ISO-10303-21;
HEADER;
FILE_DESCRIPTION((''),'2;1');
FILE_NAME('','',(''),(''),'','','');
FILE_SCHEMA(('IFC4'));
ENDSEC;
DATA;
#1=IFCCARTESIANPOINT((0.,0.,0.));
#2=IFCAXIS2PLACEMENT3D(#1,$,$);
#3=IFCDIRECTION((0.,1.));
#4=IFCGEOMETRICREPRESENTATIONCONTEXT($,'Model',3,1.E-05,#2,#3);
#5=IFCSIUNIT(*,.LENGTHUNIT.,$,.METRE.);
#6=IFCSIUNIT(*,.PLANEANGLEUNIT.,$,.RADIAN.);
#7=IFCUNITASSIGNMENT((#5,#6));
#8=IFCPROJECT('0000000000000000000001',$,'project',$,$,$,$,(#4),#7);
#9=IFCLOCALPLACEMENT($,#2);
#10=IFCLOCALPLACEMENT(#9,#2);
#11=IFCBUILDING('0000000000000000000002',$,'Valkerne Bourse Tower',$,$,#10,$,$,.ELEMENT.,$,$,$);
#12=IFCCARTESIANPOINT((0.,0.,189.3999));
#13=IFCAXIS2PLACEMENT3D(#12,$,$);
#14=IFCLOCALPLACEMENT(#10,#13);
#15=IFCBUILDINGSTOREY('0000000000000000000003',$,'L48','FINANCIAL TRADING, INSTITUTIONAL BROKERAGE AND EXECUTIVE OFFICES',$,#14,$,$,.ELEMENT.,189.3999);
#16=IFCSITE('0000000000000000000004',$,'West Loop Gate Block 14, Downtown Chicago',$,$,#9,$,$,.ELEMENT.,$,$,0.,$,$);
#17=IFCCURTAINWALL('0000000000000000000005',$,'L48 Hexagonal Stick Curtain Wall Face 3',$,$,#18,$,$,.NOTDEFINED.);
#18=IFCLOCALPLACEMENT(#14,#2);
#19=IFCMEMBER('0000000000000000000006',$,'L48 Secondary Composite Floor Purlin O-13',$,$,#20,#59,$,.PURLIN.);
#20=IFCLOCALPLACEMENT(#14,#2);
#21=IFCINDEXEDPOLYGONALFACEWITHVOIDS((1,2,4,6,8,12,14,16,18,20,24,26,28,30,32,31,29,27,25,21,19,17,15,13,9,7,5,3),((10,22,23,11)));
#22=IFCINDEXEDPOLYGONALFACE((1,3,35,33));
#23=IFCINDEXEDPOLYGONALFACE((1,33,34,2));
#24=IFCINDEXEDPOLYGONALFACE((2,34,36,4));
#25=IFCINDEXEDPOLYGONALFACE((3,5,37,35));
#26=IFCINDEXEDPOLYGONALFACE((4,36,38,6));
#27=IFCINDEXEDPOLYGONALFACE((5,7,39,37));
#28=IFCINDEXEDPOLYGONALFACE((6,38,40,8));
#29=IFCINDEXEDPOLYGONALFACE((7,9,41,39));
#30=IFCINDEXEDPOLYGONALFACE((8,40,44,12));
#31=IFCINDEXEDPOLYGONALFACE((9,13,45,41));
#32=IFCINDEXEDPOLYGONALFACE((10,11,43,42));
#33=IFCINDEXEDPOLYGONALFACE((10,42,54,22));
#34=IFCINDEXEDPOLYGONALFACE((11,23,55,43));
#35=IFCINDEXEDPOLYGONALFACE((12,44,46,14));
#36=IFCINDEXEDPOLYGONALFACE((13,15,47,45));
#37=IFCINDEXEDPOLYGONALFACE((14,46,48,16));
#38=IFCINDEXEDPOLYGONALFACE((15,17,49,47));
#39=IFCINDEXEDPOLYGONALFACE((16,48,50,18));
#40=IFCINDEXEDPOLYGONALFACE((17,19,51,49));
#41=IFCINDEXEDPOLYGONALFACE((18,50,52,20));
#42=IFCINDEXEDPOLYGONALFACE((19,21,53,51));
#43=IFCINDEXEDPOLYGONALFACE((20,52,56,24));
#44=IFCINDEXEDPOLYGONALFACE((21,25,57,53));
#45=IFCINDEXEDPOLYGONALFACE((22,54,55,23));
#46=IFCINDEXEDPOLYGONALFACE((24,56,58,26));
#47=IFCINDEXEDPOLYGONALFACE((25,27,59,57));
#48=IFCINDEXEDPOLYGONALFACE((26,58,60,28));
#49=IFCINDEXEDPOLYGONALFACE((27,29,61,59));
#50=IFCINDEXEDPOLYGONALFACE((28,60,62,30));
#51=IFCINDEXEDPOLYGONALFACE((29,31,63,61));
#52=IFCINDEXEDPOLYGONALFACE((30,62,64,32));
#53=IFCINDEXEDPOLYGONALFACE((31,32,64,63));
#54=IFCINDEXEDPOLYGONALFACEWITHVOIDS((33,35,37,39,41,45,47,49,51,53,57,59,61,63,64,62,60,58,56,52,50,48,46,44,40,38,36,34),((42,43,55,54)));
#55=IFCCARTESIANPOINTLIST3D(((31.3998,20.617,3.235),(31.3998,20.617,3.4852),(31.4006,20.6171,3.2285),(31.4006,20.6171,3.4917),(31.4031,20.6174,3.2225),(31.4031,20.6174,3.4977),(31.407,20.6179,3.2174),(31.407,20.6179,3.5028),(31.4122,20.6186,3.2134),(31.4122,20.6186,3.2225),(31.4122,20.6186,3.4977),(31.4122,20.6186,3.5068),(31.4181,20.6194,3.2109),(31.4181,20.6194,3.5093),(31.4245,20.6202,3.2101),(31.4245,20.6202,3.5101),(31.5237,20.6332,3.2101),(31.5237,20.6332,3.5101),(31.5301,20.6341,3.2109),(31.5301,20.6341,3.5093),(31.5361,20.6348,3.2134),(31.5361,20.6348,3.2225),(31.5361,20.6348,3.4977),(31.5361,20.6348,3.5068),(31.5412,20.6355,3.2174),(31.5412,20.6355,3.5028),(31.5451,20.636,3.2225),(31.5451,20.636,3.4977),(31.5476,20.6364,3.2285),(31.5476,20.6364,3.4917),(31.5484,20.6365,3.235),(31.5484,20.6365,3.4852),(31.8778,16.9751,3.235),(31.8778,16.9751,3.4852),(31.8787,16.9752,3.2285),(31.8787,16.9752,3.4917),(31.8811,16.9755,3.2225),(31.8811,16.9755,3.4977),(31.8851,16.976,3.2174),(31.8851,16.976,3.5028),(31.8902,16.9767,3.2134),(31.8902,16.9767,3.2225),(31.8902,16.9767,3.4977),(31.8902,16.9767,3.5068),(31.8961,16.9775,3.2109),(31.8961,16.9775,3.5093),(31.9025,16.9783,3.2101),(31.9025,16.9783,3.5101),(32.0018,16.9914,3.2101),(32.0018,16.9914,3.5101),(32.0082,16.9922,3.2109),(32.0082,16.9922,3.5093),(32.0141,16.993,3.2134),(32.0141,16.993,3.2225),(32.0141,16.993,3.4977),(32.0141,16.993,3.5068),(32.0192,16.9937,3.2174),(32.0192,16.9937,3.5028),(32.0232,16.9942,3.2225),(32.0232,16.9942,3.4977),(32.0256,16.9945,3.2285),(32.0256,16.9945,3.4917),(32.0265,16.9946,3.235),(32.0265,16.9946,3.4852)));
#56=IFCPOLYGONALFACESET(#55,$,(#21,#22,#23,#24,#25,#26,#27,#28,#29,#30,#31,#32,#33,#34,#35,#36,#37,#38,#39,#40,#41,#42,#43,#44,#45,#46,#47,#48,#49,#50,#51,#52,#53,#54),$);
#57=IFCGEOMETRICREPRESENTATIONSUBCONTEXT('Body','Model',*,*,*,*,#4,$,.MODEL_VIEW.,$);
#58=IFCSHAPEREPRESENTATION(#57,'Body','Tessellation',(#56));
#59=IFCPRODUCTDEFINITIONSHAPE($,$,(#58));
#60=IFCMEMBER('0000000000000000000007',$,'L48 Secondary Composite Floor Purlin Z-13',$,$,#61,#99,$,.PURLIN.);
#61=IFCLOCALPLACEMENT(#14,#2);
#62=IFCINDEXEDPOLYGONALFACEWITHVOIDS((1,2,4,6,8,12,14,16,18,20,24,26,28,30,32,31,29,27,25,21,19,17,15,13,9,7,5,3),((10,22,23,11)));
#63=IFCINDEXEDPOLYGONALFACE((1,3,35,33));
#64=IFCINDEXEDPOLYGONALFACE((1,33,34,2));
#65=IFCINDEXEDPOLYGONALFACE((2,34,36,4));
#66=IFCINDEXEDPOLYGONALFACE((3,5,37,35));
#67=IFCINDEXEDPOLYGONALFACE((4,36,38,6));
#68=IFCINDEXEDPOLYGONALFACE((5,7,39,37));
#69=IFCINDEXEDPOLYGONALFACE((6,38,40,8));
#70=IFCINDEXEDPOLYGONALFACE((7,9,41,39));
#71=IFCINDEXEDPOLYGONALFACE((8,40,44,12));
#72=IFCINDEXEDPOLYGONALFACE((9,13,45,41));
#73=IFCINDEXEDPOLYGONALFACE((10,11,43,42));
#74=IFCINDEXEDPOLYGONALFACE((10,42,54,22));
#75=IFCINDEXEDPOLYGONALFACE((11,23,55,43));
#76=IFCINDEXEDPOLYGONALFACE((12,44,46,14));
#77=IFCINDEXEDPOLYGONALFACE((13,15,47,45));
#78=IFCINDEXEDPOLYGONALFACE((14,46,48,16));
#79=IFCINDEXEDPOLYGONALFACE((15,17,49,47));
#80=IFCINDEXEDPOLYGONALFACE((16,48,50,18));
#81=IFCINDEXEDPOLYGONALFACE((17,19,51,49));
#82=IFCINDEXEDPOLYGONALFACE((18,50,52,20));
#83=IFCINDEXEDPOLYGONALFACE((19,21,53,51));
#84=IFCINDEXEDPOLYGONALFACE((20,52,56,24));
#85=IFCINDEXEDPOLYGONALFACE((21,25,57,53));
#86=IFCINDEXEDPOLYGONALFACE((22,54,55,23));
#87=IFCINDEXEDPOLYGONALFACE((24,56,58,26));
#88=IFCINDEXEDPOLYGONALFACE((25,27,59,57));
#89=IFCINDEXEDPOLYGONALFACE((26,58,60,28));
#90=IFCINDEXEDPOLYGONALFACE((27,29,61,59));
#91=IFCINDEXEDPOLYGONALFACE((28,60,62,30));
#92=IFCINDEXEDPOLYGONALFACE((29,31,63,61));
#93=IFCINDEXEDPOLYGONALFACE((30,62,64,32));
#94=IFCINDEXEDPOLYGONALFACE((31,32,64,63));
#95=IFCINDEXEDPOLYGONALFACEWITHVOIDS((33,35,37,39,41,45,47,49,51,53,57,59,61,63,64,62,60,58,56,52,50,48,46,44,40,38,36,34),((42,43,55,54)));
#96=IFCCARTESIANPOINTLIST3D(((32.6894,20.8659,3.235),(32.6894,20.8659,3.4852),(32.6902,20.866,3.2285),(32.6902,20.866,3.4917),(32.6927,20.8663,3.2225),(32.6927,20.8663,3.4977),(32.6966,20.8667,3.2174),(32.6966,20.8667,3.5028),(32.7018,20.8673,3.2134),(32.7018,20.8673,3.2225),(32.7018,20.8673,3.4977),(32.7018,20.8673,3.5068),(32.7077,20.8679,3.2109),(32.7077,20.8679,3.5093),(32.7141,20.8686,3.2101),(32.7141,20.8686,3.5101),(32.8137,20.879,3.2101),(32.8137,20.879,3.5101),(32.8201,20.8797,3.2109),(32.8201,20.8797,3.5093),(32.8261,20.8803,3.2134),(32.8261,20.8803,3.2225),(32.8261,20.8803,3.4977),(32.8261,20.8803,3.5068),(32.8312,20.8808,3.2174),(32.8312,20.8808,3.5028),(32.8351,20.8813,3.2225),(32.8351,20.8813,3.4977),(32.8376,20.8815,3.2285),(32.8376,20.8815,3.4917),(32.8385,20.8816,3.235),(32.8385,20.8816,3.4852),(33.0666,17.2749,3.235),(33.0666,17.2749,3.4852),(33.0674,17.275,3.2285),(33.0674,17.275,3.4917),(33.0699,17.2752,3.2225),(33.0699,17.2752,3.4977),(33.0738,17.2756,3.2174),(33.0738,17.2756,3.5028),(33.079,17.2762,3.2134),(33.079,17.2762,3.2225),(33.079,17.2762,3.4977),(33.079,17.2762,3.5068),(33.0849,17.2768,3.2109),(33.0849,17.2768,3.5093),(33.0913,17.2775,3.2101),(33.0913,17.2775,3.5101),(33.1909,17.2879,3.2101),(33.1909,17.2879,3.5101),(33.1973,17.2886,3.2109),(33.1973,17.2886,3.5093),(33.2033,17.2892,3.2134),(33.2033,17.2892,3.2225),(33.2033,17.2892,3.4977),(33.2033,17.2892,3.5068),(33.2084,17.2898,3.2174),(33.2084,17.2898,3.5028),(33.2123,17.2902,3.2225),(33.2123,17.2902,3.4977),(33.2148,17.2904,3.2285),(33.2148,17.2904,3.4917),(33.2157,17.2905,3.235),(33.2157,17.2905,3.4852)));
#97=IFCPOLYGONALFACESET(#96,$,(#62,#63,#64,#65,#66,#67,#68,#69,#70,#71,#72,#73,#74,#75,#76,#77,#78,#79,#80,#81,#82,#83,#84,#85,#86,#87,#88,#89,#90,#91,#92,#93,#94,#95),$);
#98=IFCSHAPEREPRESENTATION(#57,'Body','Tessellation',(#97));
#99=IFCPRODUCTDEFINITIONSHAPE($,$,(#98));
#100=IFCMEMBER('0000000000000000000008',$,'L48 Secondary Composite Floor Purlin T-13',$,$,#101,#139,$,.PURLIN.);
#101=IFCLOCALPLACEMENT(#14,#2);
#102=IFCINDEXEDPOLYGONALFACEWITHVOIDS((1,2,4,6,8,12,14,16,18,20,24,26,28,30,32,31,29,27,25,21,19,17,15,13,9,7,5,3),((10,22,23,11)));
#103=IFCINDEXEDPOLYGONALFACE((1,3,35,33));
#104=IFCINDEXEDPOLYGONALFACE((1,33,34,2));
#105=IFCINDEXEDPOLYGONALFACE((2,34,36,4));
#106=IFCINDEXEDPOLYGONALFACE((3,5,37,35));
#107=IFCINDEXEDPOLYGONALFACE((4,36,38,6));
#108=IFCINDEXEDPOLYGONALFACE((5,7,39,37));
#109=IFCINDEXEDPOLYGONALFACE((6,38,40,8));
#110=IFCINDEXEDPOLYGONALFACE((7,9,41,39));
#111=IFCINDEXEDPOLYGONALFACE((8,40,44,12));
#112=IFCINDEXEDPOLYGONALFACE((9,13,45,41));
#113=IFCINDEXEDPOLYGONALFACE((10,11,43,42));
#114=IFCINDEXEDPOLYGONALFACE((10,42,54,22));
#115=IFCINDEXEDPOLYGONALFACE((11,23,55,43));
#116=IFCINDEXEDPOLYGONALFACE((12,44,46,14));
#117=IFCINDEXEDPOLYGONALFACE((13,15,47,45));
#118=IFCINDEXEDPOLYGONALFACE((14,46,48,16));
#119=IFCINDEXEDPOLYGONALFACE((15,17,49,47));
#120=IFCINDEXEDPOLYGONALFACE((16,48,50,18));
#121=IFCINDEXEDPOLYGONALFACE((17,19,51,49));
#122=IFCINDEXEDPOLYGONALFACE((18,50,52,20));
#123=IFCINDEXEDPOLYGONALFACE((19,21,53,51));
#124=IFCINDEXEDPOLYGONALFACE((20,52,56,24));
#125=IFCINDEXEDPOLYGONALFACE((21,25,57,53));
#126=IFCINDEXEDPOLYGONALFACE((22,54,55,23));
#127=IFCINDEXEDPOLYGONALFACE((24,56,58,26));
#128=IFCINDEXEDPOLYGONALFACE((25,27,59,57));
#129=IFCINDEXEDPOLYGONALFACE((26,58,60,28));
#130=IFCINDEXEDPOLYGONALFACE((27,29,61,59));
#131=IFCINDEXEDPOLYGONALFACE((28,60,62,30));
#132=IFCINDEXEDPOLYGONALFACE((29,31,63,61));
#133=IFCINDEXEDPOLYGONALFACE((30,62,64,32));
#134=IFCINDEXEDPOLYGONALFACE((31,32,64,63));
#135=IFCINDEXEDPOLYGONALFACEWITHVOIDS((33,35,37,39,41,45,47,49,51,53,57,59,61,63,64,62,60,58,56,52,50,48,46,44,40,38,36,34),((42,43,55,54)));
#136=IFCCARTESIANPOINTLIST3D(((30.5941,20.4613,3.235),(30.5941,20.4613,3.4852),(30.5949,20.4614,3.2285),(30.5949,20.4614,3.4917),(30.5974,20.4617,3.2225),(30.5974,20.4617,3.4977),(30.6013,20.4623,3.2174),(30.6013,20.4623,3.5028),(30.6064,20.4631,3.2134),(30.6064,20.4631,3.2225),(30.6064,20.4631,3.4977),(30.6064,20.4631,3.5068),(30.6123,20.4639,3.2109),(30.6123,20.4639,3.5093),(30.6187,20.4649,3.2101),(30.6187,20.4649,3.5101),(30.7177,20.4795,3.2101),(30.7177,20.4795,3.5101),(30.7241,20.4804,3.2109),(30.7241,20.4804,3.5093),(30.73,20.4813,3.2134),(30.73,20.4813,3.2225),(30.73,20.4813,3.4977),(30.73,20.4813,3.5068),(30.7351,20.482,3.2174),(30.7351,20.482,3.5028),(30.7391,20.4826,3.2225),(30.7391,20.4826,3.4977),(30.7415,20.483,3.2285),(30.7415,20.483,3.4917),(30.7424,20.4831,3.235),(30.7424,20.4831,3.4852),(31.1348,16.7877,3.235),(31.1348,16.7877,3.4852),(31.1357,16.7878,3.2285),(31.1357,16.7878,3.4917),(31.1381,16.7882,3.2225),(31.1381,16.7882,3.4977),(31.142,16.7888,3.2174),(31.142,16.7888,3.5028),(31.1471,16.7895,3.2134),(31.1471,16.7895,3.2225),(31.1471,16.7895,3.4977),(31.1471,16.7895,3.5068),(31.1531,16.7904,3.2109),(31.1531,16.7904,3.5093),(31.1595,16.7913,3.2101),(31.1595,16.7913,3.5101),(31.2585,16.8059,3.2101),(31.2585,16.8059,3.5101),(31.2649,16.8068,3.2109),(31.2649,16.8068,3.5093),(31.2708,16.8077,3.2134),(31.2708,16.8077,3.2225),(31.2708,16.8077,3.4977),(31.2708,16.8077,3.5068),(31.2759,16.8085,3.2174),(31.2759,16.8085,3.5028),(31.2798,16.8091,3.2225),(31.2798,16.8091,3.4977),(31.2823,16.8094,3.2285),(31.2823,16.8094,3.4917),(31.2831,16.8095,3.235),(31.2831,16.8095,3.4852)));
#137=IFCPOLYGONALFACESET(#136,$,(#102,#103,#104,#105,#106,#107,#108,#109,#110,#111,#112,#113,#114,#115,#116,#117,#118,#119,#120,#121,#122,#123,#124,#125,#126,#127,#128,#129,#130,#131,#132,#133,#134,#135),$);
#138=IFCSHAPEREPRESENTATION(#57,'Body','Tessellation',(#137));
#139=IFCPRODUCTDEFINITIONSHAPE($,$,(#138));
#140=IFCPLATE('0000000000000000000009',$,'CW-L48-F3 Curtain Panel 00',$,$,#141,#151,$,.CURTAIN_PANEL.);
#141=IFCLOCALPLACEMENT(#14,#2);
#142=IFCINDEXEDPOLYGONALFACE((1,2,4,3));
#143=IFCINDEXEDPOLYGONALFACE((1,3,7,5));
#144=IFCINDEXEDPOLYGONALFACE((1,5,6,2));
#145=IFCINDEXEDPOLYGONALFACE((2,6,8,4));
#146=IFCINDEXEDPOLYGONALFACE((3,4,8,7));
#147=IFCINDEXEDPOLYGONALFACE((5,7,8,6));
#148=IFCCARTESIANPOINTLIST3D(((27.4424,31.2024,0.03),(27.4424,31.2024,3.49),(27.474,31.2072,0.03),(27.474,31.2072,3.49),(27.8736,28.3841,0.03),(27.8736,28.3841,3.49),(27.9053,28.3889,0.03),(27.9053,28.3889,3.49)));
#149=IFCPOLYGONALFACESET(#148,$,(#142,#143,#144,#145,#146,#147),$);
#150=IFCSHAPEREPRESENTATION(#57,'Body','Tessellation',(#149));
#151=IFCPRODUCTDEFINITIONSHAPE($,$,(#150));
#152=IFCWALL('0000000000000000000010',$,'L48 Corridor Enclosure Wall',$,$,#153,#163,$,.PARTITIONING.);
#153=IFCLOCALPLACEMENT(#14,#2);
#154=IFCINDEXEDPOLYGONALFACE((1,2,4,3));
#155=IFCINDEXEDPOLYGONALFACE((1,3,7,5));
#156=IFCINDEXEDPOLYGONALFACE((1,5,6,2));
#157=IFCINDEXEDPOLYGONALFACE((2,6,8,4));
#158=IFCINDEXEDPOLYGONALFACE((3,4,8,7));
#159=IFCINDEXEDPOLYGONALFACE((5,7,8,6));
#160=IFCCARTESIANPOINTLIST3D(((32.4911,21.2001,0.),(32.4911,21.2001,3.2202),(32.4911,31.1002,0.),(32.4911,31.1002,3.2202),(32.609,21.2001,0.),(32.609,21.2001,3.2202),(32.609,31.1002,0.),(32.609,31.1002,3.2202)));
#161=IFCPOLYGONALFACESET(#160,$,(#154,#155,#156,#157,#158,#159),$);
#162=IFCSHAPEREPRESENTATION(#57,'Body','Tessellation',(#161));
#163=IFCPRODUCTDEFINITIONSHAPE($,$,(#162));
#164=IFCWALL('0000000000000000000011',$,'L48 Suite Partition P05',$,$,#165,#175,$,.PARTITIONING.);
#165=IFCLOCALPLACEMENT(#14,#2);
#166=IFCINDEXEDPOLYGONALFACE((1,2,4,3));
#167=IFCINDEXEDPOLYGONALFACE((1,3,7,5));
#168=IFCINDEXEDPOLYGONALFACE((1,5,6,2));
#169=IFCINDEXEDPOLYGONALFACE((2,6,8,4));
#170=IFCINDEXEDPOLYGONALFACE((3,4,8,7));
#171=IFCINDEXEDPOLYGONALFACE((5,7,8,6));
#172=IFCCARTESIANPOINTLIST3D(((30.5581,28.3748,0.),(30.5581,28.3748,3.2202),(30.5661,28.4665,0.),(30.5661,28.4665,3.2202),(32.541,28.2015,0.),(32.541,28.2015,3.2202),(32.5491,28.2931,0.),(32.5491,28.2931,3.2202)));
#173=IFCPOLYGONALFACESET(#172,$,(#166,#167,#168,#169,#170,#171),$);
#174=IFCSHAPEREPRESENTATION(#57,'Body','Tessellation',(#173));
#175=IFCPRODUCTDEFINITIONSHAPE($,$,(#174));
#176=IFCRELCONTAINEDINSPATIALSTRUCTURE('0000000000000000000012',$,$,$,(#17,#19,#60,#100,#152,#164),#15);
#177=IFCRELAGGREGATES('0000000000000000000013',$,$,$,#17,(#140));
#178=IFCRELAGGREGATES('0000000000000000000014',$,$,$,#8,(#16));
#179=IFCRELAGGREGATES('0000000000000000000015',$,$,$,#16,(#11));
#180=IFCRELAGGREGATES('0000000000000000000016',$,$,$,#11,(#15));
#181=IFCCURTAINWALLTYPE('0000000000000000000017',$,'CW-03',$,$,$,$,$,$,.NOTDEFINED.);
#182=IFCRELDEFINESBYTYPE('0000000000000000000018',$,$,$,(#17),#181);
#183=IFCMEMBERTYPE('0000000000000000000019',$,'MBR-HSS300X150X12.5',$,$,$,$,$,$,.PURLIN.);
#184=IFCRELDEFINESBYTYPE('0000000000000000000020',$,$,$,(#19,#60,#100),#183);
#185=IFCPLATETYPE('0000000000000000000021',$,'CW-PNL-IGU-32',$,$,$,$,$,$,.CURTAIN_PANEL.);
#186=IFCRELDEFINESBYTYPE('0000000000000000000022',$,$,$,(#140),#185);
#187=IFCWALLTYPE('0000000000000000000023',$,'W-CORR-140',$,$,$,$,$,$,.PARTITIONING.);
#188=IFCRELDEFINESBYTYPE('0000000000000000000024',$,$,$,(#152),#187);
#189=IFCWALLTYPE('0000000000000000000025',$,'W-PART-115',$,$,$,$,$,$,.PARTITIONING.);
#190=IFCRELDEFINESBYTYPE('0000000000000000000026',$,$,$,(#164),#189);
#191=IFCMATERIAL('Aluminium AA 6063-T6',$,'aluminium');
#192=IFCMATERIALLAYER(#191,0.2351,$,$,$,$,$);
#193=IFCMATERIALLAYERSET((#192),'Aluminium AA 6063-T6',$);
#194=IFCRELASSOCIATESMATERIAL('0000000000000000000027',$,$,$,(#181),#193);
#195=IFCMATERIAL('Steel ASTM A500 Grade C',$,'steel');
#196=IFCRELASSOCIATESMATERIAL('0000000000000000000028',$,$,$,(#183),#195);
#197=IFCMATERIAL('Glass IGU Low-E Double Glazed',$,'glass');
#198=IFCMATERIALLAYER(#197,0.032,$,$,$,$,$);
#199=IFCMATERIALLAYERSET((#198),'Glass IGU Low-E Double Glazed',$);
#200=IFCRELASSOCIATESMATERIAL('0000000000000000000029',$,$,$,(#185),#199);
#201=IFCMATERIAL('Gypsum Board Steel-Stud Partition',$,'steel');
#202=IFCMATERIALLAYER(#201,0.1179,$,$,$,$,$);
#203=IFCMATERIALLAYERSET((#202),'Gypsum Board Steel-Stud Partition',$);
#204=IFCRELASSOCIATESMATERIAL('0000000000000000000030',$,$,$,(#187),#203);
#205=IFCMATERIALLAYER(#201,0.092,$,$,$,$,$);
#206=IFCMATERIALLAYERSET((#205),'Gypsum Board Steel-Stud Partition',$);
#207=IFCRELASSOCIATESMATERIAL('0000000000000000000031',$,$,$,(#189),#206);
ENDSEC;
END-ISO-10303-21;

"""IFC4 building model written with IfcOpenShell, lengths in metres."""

from ifc_helpers import new_model, si_unit, direction, frame, frame_2d, origin, origin_2d, place, context, subcontext, project, spatial, rectangle, hollow_rectangle, extrude, material, layer, layer_set, material_profile, profile_set, type_object, element, aggregate, save


model = new_model("IFC4")

# Units and contexts
model_context = context("Model", 3, precision=1e-05, world=origin(), true_north=direction((0.0, 1.0)))
body_context = subcontext(model_context, "Body", "Model", "MODEL_VIEW")
ifc_project = project(units=[si_unit("LENGTHUNIT", "METRE"), si_unit("PLANEANGLEUNIT", "RADIAN")], contexts=[model_context])

# Site, building, storey
site_placement = place(None, origin())
site = spatial("IfcSite", under=ifc_project, at=site_placement, Name="West Loop Gate Block 14, Downtown Chicago", CompositionType="ELEMENT", RefElevation=0.0)
building_placement = place(site_placement, origin())
building = spatial("IfcBuilding", under=site, at=building_placement, Name="Valkerne Bourse Tower", CompositionType="ELEMENT")
storey_placement = place(building_placement, frame((0.0, 0.0, 189.3999)))
storey = spatial("IfcBuildingStorey", under=building, at=storey_placement, Name="L48", Description="FINANCIAL TRADING, INSTITUTIONAL BROKERAGE AND EXECUTIVE OFFICES", CompositionType="ELEMENT", Elevation=189.3999)

# Curtain wall
ifc_material_1 = material(Name="Aluminium AA 6063-T6", Category="aluminium")
ifc_layer_1 = layer(ifc_material_1, 0.2351)
ifc_layer_set_1 = layer_set([ifc_layer_1], Name="Aluminium AA 6063-T6")
curtain_wall_type = type_object("IfcCurtainWallType", Name="CW-03", PredefinedType="NOTDEFINED", material=ifc_layer_set_1)
curtain_wall_placement = place(storey_placement, origin())
curtain_wall = element("IfcCurtainWall", 1, at=curtain_wall_placement, inside=storey, type_object=curtain_wall_type, Name="L48 Hexagonal Stick Curtain Wall Face 3", PredefinedType="NOTDEFINED")

# Members
ifc_material_2 = material(Name="Steel ASTM A500 Grade C", Category="steel")
ifc_material_profile_1 = material_profile(ifc_material_2, hollow_rectangle(XDim=0.1499, YDim=0.3, WallThickness=0.0125, OuterFilletRadius=0.0249, at=origin_2d()), Name="HSS300X150X12.5")
ifc_profile_set_1 = profile_set([ifc_material_profile_1], Name="Steel ASTM A500 Grade C")
member_type_1 = type_object("IfcMemberType", Name="MBR-HSS300X150X12.5", PredefinedType="PURLIN", material=ifc_profile_set_1)
member_1_placement = place(storey_placement, frame((31.4741, 20.6267, 3.3601), z_axis=(0.130143, -0.991495, 0.0), x_axis=(0.991495, 0.130143, 0.0)))
element("IfcMember", 2, at=member_1_placement, inside=storey, type_object=member_type_1, Name="L48 Secondary Composite Floor Purlin O-13", PredefinedType="PURLIN", context=body_context, shape_type="SweptSolid", body=[
    extrude(hollow_rectangle(XDim=0.1499, YDim=0.3, WallThickness=0.0125, OuterFilletRadius=0.0249, at=origin_2d()), origin(), (0.0, 0.0, 1.0), 3.6731),
])
member_2_placement = place(storey_placement, frame((32.7639, 20.8738, 3.3601), z_axis=(0.104463, -0.994529, 0.0), x_axis=(0.994529, 0.104463, 0.0)))
element("IfcMember", 3, at=member_2_placement, inside=storey, type_object=member_type_1, Name="L48 Secondary Composite Floor Purlin Z-13", PredefinedType="PURLIN", context=body_context, shape_type="SweptSolid", body=[
    extrude(hollow_rectangle(XDim=0.1499, YDim=0.3, WallThickness=0.0125, OuterFilletRadius=0.0249, at=origin_2d()), origin(), (0.0, 0.0, 1.0), 3.6108),
])
member_3_placement = place(storey_placement, frame((30.6682, 20.4722, 3.3601), z_axis=(0.145636, -0.989338, 0.0), x_axis=(0.989338, 0.145636, 0.0)))
element("IfcMember", 4, at=member_3_placement, inside=storey, type_object=member_type_1, Name="L48 Secondary Composite Floor Purlin T-13", PredefinedType="PURLIN", context=body_context, shape_type="SweptSolid", body=[
    extrude(hollow_rectangle(XDim=0.1499, YDim=0.3, WallThickness=0.0125, OuterFilletRadius=0.0249, at=origin_2d()), origin(), (0.0, 0.0, 1.0), 3.7131),
])

# Plate
ifc_material_3 = material(Name="Glass IGU Low-E Double Glazed", Category="glass")
ifc_layer_2 = layer(ifc_material_3, 0.032)
ifc_layer_set_2 = layer_set([ifc_layer_2], Name="Glass IGU Low-E Double Glazed")
plate_type = type_object("IfcPlateType", Name="CW-PNL-IGU-32", PredefinedType="CURTAIN_PANEL", material=ifc_layer_set_2)
plate_placement = place(storey_placement, frame((27.6738, 29.7957, 0.03), z_axis=(0.0, 0.0, 1.0), x_axis=(0.15126, -0.988494, 0.0)))
plate = element("IfcPlate", 5, at=plate_placement, type_object=plate_type, Name="CW-L48-F3 Curtain Panel 00", PredefinedType="CURTAIN_PANEL", context=body_context, shape_type="SweptSolid", body=[
    extrude(rectangle(XDim=2.8511, YDim=0.032, at=origin_2d()), origin(), (0.0, 0.0, 1.0), 3.46),
])
aggregate(curtain_wall, [plate])

# Walls
ifc_material_4 = material(Name="Gypsum Board Steel-Stud Partition", Category="steel")
ifc_layer_3 = layer(ifc_material_4, 0.1179)
ifc_layer_set_3 = layer_set([ifc_layer_3], Name="Gypsum Board Steel-Stud Partition")
wall_type_1 = type_object("IfcWallType", Name="W-CORR-140", PredefinedType="PARTITIONING", material=ifc_layer_set_3)
wall_1_placement = place(storey_placement, frame((32.55, 21.2, 0.0), z_axis=(0.0, 0.0, 1.0), x_axis=(0.0, 1.0, 0.0)))
element("IfcWall", 6, at=wall_1_placement, inside=storey, type_object=wall_type_1, Name="L48 Corridor Enclosure Wall", PredefinedType="PARTITIONING", context=body_context, shape_type="SweptSolid", body=[
    extrude(rectangle(XDim=9.9001, YDim=0.1179, at=frame_2d((4.9502, 0.0))), origin(), (0.0, 0.0, 1.0), 3.2202),
])
ifc_layer_4 = layer(ifc_material_4, 0.092)
ifc_layer_set_4 = layer_set([ifc_layer_4], Name="Gypsum Board Steel-Stud Partition")
wall_type_2 = type_object("IfcWallType", Name="W-PART-115", PredefinedType="PARTITIONING", material=ifc_layer_set_4)
wall_2_placement = place(storey_placement, frame((32.5449, 28.2473, 0.0), z_axis=(0.0, 0.0, 1.0), x_axis=(-0.996201, 0.087085, 0.0)))
element("IfcWall", 7, at=wall_2_placement, inside=storey, type_object=wall_type_2, Name="L48 Suite Partition P05", PredefinedType="PARTITIONING", context=body_context, shape_type="SweptSolid", body=[
    extrude(rectangle(XDim=1.9905, YDim=0.092, at=frame_2d((0.9951, 0.0))), origin(), (0.0, 0.0, 1.0), 3.2202),
])

save(model, "model.ifc")
